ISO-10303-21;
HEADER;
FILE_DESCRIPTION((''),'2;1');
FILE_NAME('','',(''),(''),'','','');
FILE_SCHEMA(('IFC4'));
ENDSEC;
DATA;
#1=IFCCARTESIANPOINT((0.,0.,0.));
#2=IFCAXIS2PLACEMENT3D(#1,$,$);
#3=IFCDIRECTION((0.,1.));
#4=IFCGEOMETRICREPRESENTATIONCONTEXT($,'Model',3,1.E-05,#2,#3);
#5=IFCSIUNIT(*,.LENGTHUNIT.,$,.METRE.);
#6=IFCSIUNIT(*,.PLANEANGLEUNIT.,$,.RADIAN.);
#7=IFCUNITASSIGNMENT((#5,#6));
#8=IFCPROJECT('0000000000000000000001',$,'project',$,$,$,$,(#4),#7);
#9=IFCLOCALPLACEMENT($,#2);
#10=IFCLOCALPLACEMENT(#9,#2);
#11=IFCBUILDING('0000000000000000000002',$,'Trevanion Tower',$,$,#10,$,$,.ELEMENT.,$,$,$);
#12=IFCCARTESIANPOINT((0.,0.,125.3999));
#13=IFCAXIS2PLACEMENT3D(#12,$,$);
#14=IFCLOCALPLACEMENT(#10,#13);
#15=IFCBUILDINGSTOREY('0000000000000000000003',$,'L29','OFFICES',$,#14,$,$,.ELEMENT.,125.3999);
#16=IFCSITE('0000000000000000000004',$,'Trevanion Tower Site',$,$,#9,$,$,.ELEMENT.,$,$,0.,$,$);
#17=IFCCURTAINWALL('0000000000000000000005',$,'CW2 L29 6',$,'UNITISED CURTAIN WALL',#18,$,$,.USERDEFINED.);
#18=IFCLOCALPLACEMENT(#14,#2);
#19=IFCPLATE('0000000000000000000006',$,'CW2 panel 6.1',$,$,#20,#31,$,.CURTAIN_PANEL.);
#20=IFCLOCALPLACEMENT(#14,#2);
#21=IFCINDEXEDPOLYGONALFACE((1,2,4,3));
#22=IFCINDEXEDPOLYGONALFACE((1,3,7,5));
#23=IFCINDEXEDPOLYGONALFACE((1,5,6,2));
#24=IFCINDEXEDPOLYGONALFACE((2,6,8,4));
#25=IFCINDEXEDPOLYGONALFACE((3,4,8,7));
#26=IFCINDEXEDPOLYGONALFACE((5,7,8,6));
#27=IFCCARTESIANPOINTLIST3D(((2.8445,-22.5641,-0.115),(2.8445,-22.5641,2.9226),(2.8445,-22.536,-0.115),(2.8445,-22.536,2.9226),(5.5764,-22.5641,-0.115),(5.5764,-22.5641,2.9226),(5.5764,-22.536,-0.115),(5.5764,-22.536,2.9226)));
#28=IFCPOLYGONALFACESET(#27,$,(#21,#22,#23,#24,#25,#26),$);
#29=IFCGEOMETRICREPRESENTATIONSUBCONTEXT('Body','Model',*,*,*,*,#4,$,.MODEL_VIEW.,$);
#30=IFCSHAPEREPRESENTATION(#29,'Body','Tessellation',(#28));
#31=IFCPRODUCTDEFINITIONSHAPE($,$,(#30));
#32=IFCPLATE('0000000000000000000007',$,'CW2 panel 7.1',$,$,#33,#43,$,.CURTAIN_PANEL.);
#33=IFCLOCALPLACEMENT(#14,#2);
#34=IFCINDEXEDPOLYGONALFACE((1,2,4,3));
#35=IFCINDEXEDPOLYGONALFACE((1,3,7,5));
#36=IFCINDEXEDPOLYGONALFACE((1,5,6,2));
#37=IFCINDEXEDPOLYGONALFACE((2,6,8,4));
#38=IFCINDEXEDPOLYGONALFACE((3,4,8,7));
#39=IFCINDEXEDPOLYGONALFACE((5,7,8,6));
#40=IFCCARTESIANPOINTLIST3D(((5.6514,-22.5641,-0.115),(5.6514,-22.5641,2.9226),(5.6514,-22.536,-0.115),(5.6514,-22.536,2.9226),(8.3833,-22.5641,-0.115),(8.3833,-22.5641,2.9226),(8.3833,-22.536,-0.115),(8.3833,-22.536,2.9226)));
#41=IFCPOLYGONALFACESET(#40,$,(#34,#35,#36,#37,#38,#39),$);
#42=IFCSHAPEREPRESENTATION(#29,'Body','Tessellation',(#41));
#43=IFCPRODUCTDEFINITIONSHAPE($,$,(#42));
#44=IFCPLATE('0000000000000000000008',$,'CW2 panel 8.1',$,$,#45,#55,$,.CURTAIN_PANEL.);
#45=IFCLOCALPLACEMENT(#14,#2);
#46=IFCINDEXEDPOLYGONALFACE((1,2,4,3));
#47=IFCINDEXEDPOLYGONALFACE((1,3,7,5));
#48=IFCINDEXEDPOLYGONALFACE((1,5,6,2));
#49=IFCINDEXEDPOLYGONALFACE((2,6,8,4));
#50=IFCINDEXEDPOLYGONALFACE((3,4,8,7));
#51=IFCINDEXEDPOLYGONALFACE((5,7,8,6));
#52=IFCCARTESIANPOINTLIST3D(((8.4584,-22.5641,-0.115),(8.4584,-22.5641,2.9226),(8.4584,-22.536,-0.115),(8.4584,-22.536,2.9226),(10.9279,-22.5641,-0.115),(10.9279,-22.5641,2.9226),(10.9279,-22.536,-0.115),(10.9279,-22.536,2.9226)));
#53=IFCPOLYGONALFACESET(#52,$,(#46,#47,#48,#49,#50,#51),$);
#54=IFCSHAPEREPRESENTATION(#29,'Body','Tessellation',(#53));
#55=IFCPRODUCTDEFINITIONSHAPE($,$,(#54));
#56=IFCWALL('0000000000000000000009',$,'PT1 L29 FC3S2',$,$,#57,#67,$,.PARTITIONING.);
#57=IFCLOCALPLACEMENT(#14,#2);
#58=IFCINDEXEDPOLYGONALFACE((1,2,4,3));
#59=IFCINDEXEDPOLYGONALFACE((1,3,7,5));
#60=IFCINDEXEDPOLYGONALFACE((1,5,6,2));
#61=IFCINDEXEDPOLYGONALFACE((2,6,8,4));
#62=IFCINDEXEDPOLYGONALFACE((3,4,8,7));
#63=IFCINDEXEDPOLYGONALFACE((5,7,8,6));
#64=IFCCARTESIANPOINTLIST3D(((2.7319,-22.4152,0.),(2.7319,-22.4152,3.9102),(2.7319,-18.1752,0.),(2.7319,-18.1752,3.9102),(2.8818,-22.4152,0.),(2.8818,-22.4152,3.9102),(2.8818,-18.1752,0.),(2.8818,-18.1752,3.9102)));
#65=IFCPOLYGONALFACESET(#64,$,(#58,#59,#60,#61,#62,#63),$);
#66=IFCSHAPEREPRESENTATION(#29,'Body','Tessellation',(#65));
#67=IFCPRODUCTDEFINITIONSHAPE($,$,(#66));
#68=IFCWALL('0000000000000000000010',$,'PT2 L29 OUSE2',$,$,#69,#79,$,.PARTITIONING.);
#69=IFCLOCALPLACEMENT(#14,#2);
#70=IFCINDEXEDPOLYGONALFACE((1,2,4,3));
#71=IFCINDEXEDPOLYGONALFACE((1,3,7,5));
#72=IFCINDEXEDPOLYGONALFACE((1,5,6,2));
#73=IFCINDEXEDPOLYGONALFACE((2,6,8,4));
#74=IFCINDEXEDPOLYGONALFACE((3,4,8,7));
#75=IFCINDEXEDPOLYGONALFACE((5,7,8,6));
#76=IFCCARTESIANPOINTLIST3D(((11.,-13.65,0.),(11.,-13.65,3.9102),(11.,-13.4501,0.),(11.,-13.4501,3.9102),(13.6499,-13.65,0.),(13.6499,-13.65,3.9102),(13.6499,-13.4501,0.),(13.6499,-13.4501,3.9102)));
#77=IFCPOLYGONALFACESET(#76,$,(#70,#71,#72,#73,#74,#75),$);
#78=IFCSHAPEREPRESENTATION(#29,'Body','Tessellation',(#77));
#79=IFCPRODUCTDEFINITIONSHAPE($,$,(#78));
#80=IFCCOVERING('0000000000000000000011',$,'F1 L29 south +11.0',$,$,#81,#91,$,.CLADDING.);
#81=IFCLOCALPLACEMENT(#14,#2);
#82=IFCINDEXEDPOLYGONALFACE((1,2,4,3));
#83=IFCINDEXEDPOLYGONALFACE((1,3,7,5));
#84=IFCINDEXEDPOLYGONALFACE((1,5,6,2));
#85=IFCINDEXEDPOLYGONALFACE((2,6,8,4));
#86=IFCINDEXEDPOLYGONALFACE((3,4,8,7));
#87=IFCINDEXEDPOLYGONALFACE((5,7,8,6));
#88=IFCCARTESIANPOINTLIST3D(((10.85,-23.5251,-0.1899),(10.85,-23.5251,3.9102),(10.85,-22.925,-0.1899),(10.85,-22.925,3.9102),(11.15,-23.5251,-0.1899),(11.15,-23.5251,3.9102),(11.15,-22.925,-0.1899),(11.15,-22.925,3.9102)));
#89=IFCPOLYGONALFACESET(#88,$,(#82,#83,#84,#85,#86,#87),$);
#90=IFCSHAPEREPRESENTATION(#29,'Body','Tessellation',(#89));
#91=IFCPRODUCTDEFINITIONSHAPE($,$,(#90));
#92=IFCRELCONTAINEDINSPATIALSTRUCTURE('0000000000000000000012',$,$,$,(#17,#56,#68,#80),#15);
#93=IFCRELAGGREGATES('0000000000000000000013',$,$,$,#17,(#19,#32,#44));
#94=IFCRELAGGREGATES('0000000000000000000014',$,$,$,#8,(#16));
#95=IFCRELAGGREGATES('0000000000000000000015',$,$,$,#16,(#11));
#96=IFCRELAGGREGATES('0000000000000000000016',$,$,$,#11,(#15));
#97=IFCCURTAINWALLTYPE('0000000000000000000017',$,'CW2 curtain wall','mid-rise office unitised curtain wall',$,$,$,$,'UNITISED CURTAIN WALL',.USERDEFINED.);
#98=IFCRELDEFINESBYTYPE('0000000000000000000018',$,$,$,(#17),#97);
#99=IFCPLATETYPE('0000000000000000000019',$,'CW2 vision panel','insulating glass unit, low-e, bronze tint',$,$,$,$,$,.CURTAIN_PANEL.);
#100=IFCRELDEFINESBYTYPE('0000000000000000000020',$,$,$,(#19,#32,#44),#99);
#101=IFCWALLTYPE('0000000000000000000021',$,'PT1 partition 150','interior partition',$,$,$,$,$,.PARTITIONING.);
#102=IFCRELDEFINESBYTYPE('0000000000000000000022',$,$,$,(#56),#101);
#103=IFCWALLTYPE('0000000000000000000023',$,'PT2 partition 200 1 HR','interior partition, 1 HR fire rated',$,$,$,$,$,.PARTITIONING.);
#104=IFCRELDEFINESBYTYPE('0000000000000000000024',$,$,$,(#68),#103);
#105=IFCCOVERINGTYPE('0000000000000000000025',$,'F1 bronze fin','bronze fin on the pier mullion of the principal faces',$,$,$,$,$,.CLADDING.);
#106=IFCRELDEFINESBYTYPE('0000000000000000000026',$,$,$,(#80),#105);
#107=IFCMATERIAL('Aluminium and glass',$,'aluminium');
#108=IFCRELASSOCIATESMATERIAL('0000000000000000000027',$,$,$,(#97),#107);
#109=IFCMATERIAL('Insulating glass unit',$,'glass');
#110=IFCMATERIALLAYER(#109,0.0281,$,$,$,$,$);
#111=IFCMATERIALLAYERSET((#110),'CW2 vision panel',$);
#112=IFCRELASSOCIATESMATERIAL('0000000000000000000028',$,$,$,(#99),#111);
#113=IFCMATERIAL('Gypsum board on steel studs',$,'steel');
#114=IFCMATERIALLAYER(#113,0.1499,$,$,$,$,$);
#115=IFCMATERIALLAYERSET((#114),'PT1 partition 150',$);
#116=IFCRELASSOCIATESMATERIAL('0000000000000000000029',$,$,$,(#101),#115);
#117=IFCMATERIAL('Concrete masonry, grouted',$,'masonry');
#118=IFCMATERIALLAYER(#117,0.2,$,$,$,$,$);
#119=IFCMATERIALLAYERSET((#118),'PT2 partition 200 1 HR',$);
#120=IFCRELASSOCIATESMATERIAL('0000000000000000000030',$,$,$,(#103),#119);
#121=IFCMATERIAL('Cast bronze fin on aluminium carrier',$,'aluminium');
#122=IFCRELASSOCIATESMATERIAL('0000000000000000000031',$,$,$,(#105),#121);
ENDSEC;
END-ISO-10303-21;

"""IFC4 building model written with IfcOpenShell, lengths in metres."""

from ifc_helpers import new_model, si_unit, direction, frame, frame_2d, origin, origin_2d, place, context, subcontext, project, spatial, rectangle, extrude, material, layer, layer_set, type_object, element, aggregate, save


model = new_model("IFC4")

# Units and contexts
model_context = context("Model", 3, precision=1e-05, world=origin(), true_north=direction((0.0, 1.0)))
body_context = subcontext(model_context, "Body", "Model", "MODEL_VIEW")
ifc_project = project(units=[si_unit("LENGTHUNIT", "METRE"), si_unit("PLANEANGLEUNIT", "RADIAN")], contexts=[model_context])

# Site, building, storey
site_placement = place(None, origin())
site = spatial("IfcSite", under=ifc_project, at=site_placement, Name="Trevanion Tower Site", CompositionType="ELEMENT", RefElevation=0.0)
building_placement = place(site_placement, origin())
building = spatial("IfcBuilding", under=site, at=building_placement, Name="Trevanion Tower", CompositionType="ELEMENT")
storey_placement = place(building_placement, frame((0.0, 0.0, 125.3999)))
storey = spatial("IfcBuildingStorey", under=building, at=storey_placement, Name="L29", Description="OFFICES", CompositionType="ELEMENT", Elevation=125.3999)

# Curtain wall
ifc_material_1 = material(Name="Aluminium and glass", Category="aluminium")
curtain_wall_type = type_object("IfcCurtainWallType", Name="CW2 curtain wall", Description="mid-rise office unitised curtain wall", ElementType="UNITISED CURTAIN WALL", PredefinedType="USERDEFINED", material=ifc_material_1)
curtain_wall_1_placement = place(storey_placement, origin())
curtain_wall_1 = element("IfcCurtainWall", 1, at=curtain_wall_1_placement, inside=storey, type_object=curtain_wall_type, Name="CW2 L29 6", ObjectType="UNITISED CURTAIN WALL", PredefinedType="USERDEFINED")

# Plates
ifc_material_2 = material(Name="Insulating glass unit", Category="glass")
ifc_layer_1 = layer(ifc_material_2, 0.0281)
ifc_layer_set_1 = layer_set([ifc_layer_1], Name="CW2 vision panel")
plate_type_1 = type_object("IfcPlateType", Name="CW2 vision panel", Description="insulating glass unit, low-e, bronze tint", PredefinedType="CURTAIN_PANEL", material=ifc_layer_set_1)
plate_1_placement = place(storey_placement, frame((4.2104, -22.55, -0.115), z_axis=(0.0, 0.0, 1.0), x_axis=(1.0, 0.0, 0.0)))
plate_1 = element("IfcPlate", 2, at=plate_1_placement, type_object=plate_type_1, Name="CW2 panel 6.1", PredefinedType="CURTAIN_PANEL", context=body_context, shape_type="SweptSolid", body=[
    extrude(rectangle(XDim=2.7319, YDim=0.0281, at=origin_2d()), origin(), (0.0, 0.0, 1.0), 3.0376),
])
plate_2_placement = place(storey_placement, frame((7.0173, -22.55, -0.115), z_axis=(0.0, 0.0, 1.0), x_axis=(1.0, 0.0, 0.0)))
plate_2 = element("IfcPlate", 3, at=plate_2_placement, type_object=plate_type_1, Name="CW2 panel 7.1", PredefinedType="CURTAIN_PANEL", context=body_context, shape_type="SweptSolid", body=[
    extrude(rectangle(XDim=2.7319, YDim=0.0281, at=origin_2d()), origin(), (0.0, 0.0, 1.0), 3.0376),
])
plate_3_placement = place(storey_placement, frame((9.6931, -22.55, -0.115), z_axis=(0.0, 0.0, 1.0), x_axis=(1.0, 0.0, 0.0)))
plate_3 = element("IfcPlate", 4, at=plate_3_placement, type_object=plate_type_1, Name="CW2 panel 8.1", PredefinedType="CURTAIN_PANEL", context=body_context, shape_type="SweptSolid", body=[
    extrude(rectangle(XDim=2.4695, YDim=0.0281, at=origin_2d()), origin(), (0.0, 0.0, 1.0), 3.0376),
])
aggregate(curtain_wall_1, [plate_1, plate_2, plate_3])

# Walls
ifc_material_3 = material(Name="Gypsum board on steel studs", Category="steel")
ifc_layer_2 = layer(ifc_material_3, 0.1499)
ifc_layer_set_2 = layer_set([ifc_layer_2], Name="PT1 partition 150")
wall_type_1 = type_object("IfcWallType", Name="PT1 partition 150", Description="interior partition", PredefinedType="PARTITIONING", material=ifc_layer_set_2)
wall_1_placement = place(storey_placement, frame((2.8069, -18.175, 0.0), z_axis=(0.0, 0.0, 1.0), x_axis=(0.0, -1.0, 0.0)))
element("IfcWall", 5, at=wall_1_placement, inside=storey, type_object=wall_type_1, Name="PT1 L29 FC3S2", PredefinedType="PARTITIONING", context=body_context, shape_type="SweptSolid", body=[
    extrude(rectangle(XDim=4.24, YDim=0.1499, at=frame_2d((2.1201, 0.0))), origin(), (0.0, 0.0, 1.0), 3.9102),
])
ifc_material_4 = material(Name="Concrete masonry, grouted", Category="masonry")
ifc_layer_3 = layer(ifc_material_4, 0.2)
ifc_layer_set_3 = layer_set([ifc_layer_3], Name="PT2 partition 200 1 HR")
wall_type_2 = type_object("IfcWallType", Name="PT2 partition 200 1 HR", Description="interior partition, 1 HR fire rated", PredefinedType="PARTITIONING", material=ifc_layer_set_3)
wall_2_placement = place(storey_placement, frame((11.0, -13.55, 0.0), z_axis=(0.0, 0.0, 1.0), x_axis=(1.0, 0.0, 0.0)))
element("IfcWall", 6, at=wall_2_placement, inside=storey, type_object=wall_type_2, Name="PT2 L29 OUSE2", PredefinedType="PARTITIONING", context=body_context, shape_type="SweptSolid", body=[
    extrude(rectangle(XDim=2.6499, YDim=0.2, at=frame_2d((1.325, 0.0))), origin(), (0.0, 0.0, 1.0), 3.9102),
])

# Covering
ifc_material_5 = material(Name="Cast bronze fin on aluminium carrier", Category="aluminium")
covering_type = type_object("IfcCoveringType", Name="F1 bronze fin", Description="bronze fin on the pier mullion of the principal faces", PredefinedType="CLADDING", material=ifc_material_5)
covering_placement = place(storey_placement, frame((11.0, -23.2251, -0.1899), z_axis=(0.0, 0.0, 1.0), x_axis=(1.0, 0.0, 0.0)))
element("IfcCovering", 7, at=covering_placement, inside=storey, type_object=covering_type, Name="F1 L29 south +11.0", PredefinedType="CLADDING", context=body_context, shape_type="SweptSolid", body=[
    extrude(rectangle(XDim=0.3, YDim=0.6001, at=origin_2d()), origin(), (0.0, 0.0, 1.0), 4.1001),
])

save(model, "model.ifc")
